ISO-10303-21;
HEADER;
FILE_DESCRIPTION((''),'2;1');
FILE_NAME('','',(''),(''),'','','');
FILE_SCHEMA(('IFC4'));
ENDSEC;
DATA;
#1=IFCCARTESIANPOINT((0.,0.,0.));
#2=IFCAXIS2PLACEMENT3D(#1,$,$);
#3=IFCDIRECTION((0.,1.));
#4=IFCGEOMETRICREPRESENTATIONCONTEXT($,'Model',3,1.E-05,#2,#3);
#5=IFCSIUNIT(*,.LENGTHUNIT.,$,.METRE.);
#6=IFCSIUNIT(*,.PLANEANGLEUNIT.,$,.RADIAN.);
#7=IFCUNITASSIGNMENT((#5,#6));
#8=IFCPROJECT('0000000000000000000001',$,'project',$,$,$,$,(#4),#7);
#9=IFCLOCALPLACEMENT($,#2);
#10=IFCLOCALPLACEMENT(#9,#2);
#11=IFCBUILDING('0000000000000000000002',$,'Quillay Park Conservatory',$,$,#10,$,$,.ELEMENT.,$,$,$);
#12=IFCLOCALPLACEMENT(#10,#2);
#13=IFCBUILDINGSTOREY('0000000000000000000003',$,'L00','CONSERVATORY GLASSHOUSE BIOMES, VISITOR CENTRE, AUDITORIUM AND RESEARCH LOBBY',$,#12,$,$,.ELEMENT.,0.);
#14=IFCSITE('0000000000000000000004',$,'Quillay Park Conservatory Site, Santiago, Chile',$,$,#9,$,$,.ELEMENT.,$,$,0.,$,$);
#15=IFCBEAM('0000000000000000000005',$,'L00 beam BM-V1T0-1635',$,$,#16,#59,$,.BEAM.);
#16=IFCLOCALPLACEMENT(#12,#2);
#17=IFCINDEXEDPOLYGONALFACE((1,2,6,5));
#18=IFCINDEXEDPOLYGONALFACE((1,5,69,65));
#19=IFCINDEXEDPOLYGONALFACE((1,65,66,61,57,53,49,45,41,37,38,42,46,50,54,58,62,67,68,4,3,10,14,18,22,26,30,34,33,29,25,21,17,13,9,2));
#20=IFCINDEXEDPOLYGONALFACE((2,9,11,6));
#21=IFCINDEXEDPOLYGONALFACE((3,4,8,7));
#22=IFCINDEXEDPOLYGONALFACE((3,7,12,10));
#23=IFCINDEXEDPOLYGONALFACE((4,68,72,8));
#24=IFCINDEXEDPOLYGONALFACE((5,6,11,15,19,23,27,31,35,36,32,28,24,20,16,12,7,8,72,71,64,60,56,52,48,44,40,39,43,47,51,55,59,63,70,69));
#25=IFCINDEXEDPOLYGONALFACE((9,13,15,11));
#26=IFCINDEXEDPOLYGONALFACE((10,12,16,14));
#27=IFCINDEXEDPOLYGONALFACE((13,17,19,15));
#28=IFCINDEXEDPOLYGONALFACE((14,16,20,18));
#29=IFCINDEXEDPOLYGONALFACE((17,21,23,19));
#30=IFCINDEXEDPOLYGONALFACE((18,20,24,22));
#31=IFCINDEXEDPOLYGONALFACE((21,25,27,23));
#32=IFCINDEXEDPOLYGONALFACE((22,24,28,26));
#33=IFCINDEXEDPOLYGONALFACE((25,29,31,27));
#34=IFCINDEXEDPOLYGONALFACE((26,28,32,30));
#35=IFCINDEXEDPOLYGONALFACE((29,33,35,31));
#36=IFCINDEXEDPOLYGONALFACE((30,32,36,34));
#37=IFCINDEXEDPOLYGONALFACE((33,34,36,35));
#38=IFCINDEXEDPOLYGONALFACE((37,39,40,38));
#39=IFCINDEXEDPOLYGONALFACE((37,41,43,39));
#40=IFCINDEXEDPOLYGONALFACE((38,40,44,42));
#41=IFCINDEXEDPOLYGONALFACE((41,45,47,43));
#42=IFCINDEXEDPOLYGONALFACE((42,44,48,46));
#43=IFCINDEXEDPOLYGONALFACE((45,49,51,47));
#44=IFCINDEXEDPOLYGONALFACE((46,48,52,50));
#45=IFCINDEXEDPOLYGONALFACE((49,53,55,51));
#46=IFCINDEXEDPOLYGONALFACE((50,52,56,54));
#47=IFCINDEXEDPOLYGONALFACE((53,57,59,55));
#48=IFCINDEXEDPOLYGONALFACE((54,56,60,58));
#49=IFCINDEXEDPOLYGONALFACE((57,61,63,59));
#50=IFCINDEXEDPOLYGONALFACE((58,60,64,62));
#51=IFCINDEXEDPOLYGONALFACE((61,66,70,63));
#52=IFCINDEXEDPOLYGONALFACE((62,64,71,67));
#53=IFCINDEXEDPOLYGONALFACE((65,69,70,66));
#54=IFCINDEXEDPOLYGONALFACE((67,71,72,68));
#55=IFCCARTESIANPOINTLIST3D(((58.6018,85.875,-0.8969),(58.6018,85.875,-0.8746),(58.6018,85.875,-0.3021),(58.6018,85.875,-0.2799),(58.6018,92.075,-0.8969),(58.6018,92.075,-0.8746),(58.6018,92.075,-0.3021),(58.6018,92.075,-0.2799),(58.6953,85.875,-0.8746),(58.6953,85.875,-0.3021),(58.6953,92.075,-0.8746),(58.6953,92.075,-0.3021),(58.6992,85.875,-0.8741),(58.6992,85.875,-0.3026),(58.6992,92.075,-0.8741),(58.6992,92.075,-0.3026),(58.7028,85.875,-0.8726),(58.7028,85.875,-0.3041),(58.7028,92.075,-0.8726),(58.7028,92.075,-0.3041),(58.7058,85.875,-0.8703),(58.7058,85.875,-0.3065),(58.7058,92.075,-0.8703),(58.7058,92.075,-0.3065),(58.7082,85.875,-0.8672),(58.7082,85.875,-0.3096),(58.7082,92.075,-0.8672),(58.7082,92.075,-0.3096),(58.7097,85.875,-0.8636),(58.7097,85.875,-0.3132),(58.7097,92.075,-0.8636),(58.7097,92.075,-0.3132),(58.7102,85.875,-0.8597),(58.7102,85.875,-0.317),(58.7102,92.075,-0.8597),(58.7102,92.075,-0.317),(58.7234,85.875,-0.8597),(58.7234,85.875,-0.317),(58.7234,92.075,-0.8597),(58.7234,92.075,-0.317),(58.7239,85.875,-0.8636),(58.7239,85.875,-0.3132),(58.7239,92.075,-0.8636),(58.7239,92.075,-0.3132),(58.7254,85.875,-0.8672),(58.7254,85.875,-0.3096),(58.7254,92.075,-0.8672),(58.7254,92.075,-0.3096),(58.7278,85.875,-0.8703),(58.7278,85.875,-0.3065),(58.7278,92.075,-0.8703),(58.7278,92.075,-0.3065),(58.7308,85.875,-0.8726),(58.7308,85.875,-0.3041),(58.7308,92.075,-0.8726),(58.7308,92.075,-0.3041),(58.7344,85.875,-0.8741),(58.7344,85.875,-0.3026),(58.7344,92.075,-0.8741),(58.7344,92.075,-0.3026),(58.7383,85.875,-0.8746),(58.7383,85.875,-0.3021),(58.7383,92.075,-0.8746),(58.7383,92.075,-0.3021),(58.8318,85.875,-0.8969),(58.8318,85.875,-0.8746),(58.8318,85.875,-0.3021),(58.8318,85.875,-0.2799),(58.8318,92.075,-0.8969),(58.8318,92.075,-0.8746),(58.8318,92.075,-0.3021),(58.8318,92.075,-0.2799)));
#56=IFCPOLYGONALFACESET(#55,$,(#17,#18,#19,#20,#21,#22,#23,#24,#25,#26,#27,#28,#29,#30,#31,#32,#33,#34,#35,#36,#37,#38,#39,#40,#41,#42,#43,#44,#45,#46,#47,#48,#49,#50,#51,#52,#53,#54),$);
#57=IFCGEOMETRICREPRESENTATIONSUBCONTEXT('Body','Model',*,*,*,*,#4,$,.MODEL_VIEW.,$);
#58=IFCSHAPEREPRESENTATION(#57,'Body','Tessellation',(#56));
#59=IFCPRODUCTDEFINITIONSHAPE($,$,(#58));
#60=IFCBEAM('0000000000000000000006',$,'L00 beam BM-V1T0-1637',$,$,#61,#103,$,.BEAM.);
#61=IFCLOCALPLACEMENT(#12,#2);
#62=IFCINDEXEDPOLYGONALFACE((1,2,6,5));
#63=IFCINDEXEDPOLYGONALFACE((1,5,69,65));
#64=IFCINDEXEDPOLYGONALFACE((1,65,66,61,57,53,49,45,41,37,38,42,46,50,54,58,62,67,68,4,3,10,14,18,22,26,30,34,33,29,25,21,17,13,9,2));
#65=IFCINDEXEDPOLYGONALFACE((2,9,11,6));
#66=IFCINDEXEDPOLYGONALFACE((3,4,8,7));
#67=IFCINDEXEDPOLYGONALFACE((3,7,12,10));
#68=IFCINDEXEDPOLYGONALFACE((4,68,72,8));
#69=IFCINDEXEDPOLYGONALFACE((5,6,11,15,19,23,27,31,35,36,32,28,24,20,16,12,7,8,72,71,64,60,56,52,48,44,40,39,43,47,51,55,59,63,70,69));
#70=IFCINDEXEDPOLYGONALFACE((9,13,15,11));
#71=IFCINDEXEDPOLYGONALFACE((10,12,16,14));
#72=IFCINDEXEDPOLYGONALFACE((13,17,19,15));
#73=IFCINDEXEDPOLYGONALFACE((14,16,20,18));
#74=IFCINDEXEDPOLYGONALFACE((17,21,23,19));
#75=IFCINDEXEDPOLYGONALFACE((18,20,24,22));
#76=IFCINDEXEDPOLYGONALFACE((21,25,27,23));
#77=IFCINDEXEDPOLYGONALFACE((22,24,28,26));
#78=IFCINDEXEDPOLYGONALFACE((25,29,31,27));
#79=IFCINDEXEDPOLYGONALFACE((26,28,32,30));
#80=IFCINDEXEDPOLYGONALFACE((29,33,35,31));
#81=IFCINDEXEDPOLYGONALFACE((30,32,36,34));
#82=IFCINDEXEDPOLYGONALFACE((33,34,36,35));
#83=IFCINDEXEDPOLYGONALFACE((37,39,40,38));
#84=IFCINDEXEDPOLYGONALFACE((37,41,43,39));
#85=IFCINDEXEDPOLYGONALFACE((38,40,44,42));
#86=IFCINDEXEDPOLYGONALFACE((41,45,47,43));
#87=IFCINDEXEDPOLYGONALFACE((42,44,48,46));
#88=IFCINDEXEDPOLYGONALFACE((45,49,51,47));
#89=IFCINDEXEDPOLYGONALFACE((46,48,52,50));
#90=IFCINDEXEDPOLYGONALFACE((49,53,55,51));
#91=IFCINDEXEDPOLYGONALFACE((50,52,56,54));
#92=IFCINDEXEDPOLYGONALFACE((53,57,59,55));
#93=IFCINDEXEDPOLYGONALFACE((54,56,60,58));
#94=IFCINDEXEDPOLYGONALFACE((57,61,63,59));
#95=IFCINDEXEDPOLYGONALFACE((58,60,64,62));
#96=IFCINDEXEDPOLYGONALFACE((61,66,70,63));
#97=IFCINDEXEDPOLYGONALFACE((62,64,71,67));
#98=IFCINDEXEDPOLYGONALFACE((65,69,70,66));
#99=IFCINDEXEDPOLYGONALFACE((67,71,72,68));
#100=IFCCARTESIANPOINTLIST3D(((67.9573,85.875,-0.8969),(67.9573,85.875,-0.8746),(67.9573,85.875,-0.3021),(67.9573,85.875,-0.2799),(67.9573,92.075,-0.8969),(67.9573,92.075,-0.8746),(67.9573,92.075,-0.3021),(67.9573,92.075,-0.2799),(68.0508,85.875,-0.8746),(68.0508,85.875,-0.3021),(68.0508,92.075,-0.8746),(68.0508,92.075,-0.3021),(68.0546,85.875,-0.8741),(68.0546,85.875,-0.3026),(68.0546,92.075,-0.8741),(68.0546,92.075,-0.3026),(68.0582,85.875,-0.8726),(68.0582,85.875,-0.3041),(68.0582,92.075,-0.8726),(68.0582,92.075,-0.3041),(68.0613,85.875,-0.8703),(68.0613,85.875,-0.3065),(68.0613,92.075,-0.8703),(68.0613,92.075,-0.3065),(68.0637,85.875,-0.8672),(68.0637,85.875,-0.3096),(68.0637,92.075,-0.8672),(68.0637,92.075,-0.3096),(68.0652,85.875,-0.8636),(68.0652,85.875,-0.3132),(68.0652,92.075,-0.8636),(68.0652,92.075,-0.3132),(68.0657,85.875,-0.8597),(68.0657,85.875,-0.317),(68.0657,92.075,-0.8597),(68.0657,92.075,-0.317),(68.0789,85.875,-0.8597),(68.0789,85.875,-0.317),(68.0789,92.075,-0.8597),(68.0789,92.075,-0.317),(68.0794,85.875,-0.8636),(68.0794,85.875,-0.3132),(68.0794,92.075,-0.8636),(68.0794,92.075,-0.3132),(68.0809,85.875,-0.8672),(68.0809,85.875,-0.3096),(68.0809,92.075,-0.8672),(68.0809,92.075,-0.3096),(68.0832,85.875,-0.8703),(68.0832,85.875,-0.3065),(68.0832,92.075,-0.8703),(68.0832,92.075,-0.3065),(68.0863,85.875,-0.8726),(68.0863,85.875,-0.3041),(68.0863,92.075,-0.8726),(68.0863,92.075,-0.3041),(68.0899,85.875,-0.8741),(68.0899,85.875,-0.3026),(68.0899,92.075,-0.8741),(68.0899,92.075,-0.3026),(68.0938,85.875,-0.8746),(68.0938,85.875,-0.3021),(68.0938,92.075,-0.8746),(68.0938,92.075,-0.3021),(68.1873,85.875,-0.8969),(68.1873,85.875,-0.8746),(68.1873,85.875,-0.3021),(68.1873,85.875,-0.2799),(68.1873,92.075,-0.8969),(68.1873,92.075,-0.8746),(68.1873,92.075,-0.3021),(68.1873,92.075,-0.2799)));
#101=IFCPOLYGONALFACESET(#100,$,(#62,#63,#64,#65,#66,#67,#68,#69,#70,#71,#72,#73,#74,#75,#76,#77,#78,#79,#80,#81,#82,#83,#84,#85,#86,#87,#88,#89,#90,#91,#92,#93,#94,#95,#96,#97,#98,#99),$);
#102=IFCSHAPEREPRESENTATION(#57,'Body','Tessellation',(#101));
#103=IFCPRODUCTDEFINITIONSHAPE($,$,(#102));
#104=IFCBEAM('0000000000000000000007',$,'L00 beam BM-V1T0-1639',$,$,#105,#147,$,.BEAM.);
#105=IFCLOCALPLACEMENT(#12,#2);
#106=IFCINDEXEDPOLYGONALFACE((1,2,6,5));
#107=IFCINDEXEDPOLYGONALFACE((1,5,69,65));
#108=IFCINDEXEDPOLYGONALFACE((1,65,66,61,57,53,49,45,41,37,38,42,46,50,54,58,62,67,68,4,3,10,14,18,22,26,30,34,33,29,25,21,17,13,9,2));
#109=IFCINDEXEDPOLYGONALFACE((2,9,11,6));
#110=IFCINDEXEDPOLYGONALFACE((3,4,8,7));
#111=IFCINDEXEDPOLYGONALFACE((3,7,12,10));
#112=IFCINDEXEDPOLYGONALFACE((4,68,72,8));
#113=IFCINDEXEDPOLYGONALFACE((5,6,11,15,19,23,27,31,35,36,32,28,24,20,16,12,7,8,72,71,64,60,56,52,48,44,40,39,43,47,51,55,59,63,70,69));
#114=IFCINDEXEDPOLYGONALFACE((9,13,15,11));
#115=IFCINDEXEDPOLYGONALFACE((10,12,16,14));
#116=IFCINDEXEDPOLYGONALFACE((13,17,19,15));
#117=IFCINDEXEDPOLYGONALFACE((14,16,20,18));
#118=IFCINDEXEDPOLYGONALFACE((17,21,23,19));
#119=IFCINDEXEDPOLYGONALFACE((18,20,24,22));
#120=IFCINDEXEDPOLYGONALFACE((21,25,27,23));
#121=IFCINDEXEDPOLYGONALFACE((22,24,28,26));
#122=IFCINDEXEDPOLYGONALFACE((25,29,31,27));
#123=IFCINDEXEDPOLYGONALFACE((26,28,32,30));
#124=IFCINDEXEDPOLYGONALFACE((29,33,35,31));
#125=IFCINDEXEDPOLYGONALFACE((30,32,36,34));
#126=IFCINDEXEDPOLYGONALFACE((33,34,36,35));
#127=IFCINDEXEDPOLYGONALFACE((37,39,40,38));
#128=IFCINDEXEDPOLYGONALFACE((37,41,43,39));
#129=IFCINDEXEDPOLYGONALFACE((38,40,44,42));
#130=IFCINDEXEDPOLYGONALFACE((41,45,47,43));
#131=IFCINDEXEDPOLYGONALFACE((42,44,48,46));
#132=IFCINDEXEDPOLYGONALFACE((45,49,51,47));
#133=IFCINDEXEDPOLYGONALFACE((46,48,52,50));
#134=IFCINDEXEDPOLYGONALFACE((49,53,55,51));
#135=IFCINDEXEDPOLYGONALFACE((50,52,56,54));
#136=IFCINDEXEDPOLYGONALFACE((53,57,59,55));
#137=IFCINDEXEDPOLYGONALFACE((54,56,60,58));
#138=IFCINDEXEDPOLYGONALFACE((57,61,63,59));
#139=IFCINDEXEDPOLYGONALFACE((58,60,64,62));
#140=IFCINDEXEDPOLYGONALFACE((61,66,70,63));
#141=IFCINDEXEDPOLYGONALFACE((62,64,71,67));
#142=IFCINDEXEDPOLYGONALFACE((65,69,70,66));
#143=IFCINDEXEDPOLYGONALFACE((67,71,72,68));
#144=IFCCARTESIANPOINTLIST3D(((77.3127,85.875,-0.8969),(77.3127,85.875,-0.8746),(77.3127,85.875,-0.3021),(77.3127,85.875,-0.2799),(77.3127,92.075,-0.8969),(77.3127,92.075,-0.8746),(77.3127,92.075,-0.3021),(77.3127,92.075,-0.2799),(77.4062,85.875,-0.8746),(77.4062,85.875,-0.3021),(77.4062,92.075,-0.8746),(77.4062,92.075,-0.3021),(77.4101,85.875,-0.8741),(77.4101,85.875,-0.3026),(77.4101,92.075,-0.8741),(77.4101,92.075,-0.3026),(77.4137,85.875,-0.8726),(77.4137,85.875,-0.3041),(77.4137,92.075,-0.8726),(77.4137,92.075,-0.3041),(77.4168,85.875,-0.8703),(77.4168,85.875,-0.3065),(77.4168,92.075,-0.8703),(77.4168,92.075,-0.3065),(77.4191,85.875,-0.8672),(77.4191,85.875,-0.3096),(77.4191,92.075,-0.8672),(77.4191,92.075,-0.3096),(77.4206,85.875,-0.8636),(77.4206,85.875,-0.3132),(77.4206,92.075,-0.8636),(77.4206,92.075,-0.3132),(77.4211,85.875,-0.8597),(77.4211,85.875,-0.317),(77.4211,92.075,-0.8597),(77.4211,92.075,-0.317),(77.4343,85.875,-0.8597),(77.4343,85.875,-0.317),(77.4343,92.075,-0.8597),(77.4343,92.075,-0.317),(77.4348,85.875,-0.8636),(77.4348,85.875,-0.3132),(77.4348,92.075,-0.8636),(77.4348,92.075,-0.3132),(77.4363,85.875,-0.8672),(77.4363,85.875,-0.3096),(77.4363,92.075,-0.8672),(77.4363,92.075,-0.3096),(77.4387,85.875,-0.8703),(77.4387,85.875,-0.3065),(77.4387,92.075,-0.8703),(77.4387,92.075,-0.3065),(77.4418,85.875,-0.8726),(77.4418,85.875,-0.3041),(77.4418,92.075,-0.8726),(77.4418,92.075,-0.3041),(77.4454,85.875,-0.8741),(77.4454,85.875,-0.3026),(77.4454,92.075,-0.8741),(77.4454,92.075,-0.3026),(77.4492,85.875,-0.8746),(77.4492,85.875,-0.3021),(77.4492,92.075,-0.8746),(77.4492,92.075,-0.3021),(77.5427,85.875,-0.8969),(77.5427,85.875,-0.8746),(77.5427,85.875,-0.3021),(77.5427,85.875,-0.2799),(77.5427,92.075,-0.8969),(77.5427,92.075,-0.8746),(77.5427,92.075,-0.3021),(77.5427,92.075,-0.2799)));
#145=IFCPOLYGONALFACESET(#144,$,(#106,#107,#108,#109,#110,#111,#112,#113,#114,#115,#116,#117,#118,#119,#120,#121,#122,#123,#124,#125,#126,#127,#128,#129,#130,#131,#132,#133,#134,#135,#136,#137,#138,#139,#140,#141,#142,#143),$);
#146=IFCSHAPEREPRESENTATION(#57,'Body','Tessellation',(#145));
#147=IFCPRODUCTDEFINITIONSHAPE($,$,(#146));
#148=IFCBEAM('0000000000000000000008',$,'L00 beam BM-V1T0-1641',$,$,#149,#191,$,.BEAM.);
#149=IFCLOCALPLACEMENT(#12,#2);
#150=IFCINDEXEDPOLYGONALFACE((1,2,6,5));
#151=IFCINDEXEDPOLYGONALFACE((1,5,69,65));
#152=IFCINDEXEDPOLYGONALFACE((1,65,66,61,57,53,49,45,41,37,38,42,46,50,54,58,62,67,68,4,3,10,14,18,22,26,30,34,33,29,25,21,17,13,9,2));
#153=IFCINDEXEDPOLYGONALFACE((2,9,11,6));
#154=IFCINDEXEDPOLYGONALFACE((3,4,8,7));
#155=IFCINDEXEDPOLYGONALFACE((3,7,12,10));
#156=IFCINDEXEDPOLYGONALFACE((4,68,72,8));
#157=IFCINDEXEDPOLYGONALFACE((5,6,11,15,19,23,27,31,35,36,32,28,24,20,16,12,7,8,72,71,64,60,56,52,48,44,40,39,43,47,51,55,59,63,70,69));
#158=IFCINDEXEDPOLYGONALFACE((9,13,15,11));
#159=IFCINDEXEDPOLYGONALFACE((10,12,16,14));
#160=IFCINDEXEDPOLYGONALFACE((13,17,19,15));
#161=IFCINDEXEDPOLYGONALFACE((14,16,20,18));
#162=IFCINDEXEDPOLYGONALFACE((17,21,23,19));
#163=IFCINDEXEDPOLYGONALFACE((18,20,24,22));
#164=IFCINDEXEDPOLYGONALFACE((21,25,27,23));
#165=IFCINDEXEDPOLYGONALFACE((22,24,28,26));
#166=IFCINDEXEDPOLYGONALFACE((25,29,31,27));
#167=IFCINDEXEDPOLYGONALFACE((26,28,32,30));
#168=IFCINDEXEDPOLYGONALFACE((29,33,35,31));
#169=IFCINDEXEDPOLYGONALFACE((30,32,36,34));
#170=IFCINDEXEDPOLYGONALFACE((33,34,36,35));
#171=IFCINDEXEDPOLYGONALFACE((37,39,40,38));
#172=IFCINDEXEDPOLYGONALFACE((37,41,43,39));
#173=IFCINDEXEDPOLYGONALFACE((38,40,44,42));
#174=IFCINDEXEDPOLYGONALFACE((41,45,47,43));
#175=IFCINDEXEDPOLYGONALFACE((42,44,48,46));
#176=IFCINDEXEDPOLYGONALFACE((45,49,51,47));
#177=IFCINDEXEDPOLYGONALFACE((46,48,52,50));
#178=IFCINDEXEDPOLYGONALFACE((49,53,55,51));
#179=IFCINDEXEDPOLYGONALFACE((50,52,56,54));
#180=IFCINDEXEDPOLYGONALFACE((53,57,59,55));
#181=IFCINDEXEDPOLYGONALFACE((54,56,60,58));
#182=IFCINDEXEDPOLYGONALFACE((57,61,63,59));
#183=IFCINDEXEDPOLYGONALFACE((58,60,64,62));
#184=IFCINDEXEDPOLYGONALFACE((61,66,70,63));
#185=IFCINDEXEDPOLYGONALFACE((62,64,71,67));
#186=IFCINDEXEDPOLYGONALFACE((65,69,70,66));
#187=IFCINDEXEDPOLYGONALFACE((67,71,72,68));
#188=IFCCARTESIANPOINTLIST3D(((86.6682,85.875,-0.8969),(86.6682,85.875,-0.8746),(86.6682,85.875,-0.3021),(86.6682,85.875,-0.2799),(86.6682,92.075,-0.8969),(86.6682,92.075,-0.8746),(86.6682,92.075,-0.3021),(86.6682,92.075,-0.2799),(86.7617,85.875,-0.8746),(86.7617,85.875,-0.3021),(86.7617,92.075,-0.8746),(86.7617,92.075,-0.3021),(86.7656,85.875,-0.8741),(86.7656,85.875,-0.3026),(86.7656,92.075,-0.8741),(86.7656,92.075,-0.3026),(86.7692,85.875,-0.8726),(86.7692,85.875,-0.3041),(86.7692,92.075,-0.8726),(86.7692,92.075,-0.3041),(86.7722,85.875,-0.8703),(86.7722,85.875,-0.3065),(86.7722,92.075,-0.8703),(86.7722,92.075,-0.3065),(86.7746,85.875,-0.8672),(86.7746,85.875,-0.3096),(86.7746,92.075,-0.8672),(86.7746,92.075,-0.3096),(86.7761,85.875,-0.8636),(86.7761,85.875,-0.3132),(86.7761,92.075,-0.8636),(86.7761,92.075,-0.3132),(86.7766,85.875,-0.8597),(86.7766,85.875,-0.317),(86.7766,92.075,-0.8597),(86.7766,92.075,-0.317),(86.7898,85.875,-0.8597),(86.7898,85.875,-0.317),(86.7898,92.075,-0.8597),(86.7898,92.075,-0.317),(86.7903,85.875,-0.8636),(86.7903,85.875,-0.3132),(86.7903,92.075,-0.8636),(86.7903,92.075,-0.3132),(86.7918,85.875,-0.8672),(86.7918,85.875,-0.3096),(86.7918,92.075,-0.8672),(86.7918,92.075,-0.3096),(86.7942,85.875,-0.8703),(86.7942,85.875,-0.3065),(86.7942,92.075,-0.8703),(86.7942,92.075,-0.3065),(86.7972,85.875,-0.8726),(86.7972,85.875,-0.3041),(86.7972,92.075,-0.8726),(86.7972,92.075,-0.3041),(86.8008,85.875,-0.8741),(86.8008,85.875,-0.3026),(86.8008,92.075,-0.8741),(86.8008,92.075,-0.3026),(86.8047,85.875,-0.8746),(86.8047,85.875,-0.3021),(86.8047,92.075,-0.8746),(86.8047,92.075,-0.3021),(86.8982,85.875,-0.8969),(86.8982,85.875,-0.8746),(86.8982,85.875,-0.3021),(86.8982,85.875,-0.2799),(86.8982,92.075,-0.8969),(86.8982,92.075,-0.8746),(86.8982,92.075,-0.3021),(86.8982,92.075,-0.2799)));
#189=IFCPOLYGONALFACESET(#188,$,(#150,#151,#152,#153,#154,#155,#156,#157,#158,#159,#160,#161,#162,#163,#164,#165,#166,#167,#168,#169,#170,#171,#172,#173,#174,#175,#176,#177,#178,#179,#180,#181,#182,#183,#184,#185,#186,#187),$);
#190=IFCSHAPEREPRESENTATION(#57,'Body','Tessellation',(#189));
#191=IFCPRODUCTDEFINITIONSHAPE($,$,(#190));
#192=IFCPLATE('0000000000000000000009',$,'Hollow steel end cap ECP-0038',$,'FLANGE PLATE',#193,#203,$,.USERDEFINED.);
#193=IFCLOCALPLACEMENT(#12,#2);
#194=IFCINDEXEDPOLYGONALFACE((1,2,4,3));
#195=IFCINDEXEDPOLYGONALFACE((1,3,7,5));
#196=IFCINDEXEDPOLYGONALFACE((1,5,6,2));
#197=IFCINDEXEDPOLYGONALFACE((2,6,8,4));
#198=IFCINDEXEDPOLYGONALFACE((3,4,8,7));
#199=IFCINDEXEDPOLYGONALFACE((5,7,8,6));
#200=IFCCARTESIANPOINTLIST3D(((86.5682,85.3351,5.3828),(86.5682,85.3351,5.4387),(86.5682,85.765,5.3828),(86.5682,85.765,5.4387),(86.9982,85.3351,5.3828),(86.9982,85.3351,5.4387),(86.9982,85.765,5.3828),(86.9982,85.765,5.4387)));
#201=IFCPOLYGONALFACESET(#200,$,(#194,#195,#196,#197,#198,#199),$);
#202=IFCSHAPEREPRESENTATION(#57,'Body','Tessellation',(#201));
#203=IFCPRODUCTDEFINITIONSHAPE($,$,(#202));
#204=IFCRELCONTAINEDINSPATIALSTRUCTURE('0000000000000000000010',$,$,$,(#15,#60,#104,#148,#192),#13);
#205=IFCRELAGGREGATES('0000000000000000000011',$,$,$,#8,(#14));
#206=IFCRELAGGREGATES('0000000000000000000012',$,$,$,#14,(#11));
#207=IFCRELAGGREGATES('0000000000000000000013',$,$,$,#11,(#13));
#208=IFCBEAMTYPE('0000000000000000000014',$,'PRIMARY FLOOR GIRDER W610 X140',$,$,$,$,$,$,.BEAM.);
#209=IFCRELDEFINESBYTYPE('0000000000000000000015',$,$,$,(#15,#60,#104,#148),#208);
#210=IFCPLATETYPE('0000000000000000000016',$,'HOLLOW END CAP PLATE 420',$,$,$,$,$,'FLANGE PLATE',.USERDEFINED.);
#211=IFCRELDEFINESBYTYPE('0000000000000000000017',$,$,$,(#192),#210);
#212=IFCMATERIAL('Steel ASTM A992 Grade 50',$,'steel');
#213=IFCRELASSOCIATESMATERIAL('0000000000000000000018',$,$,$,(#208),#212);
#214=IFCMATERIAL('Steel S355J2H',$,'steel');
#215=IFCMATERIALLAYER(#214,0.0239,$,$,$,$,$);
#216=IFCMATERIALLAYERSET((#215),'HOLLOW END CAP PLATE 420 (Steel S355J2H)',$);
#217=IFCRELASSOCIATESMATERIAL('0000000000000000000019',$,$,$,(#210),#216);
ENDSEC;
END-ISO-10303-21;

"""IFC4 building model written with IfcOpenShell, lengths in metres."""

from ifc_helpers import new_model, si_unit, direction, frame, origin, origin_2d, place, context, subcontext, project, spatial, rectangle, i_section, extrude, material, layer, layer_set, material_profile, profile_set, type_object, element, save


model = new_model("IFC4")

# Units and contexts
model_context = context("Model", 3, precision=1e-05, world=origin(), true_north=direction((0.0, 1.0)))
body_context = subcontext(model_context, "Body", "Model", "MODEL_VIEW")
ifc_project = project(units=[si_unit("LENGTHUNIT", "METRE"), si_unit("PLANEANGLEUNIT", "RADIAN")], contexts=[model_context])

# Site, building, storey
site_placement = place(None, origin())
site = spatial("IfcSite", under=ifc_project, at=site_placement, Name="Quillay Park Conservatory Site, Santiago, Chile", CompositionType="ELEMENT", RefElevation=0.0)
building_placement = place(site_placement, origin())
building = spatial("IfcBuilding", under=site, at=building_placement, Name="Quillay Park Conservatory", CompositionType="ELEMENT")
storey_placement = place(building_placement, origin())
storey = spatial("IfcBuildingStorey", under=building, at=storey_placement, Name="L00", Description="CONSERVATORY GLASSHOUSE BIOMES, VISITOR CENTRE, AUDITORIUM AND RESEARCH LOBBY", CompositionType="ELEMENT", Elevation=0.0)

# Beams
ifc_material_1 = material(Name="Steel ASTM A992 Grade 50", Category="steel")
ifc_material_profile_1 = material_profile(ifc_material_1, i_section(OverallWidth=0.23, OverallDepth=0.6169, WebThickness=0.0132, FlangeThickness=0.0222, FilletRadius=0.0149, at=origin_2d()), Name="W610x140")
ifc_profile_set_1 = profile_set([ifc_material_profile_1], Name="Steel ASTM A992 Grade 50")
beam_type = type_object("IfcBeamType", Name="PRIMARY FLOOR GIRDER W610 X140", PredefinedType="BEAM", material=ifc_profile_set_1)
for number, where, z_axis, x_axis, name in (
    (1, (58.7168, 85.875, -0.5884), (0.0, 1.0, 0.0), (-1.0, 0.0, 0.0), "L00 beam BM-V1T0-1635"),
    (2, (68.0723, 85.875, -0.5884), (0.0, 1.0, 0.0), (-1.0, 0.0, 0.0), "L00 beam BM-V1T0-1637"),
    (3, (77.4277, 85.875, -0.5884), (0.0, 1.0, 0.0), (-1.0, 0.0, 0.0), "L00 beam BM-V1T0-1639"),
    (4, (86.7832, 85.875, -0.5884), (0.0, 1.0, 0.0), (-1.0, 0.0, 0.0), "L00 beam BM-V1T0-1641"),
):
    element("IfcBeam", number, at=place(storey_placement, frame(where, z_axis=z_axis, x_axis=x_axis)), inside=storey, type_object=beam_type, Name=name, PredefinedType="BEAM", context=body_context, shape_type="SweptSolid", body=[
        extrude(i_section(OverallWidth=0.23, OverallDepth=0.6169, WebThickness=0.0132, FlangeThickness=0.0222, FilletRadius=0.0149, at=origin_2d()), origin(), (0.0, 0.0, 1.0), 6.2),
    ])

# Plate
ifc_material_2 = material(Name="Steel S355J2H", Category="steel")
ifc_layer_1 = layer(ifc_material_2, 0.0239)
ifc_layer_set_1 = layer_set([ifc_layer_1], Name="HOLLOW END CAP PLATE 420 (Steel S355J2H)")
plate_type = type_object("IfcPlateType", Name="HOLLOW END CAP PLATE 420", ElementType="FLANGE PLATE", PredefinedType="USERDEFINED", material=ifc_layer_set_1)
for number, where, z_axis, x_axis, name in (
    (5, (86.7832, 85.55, 5.3828), (0.0, 0.0, 1.0), (1.0, 0.0, 0.0), "Hollow steel end cap ECP-0038"),
):
    element("IfcPlate", number, at=place(storey_placement, frame(where, z_axis=z_axis, x_axis=x_axis)), inside=storey, type_object=plate_type, Name=name, ObjectType="FLANGE PLATE", PredefinedType="USERDEFINED", context=body_context, shape_type="SweptSolid", body=[
        extrude(rectangle(XDim=0.4299, YDim=0.4299, at=origin_2d()), origin(), (0.0, 0.0, 1.0), 0.0559),
    ])

save(model, "model.ifc")
